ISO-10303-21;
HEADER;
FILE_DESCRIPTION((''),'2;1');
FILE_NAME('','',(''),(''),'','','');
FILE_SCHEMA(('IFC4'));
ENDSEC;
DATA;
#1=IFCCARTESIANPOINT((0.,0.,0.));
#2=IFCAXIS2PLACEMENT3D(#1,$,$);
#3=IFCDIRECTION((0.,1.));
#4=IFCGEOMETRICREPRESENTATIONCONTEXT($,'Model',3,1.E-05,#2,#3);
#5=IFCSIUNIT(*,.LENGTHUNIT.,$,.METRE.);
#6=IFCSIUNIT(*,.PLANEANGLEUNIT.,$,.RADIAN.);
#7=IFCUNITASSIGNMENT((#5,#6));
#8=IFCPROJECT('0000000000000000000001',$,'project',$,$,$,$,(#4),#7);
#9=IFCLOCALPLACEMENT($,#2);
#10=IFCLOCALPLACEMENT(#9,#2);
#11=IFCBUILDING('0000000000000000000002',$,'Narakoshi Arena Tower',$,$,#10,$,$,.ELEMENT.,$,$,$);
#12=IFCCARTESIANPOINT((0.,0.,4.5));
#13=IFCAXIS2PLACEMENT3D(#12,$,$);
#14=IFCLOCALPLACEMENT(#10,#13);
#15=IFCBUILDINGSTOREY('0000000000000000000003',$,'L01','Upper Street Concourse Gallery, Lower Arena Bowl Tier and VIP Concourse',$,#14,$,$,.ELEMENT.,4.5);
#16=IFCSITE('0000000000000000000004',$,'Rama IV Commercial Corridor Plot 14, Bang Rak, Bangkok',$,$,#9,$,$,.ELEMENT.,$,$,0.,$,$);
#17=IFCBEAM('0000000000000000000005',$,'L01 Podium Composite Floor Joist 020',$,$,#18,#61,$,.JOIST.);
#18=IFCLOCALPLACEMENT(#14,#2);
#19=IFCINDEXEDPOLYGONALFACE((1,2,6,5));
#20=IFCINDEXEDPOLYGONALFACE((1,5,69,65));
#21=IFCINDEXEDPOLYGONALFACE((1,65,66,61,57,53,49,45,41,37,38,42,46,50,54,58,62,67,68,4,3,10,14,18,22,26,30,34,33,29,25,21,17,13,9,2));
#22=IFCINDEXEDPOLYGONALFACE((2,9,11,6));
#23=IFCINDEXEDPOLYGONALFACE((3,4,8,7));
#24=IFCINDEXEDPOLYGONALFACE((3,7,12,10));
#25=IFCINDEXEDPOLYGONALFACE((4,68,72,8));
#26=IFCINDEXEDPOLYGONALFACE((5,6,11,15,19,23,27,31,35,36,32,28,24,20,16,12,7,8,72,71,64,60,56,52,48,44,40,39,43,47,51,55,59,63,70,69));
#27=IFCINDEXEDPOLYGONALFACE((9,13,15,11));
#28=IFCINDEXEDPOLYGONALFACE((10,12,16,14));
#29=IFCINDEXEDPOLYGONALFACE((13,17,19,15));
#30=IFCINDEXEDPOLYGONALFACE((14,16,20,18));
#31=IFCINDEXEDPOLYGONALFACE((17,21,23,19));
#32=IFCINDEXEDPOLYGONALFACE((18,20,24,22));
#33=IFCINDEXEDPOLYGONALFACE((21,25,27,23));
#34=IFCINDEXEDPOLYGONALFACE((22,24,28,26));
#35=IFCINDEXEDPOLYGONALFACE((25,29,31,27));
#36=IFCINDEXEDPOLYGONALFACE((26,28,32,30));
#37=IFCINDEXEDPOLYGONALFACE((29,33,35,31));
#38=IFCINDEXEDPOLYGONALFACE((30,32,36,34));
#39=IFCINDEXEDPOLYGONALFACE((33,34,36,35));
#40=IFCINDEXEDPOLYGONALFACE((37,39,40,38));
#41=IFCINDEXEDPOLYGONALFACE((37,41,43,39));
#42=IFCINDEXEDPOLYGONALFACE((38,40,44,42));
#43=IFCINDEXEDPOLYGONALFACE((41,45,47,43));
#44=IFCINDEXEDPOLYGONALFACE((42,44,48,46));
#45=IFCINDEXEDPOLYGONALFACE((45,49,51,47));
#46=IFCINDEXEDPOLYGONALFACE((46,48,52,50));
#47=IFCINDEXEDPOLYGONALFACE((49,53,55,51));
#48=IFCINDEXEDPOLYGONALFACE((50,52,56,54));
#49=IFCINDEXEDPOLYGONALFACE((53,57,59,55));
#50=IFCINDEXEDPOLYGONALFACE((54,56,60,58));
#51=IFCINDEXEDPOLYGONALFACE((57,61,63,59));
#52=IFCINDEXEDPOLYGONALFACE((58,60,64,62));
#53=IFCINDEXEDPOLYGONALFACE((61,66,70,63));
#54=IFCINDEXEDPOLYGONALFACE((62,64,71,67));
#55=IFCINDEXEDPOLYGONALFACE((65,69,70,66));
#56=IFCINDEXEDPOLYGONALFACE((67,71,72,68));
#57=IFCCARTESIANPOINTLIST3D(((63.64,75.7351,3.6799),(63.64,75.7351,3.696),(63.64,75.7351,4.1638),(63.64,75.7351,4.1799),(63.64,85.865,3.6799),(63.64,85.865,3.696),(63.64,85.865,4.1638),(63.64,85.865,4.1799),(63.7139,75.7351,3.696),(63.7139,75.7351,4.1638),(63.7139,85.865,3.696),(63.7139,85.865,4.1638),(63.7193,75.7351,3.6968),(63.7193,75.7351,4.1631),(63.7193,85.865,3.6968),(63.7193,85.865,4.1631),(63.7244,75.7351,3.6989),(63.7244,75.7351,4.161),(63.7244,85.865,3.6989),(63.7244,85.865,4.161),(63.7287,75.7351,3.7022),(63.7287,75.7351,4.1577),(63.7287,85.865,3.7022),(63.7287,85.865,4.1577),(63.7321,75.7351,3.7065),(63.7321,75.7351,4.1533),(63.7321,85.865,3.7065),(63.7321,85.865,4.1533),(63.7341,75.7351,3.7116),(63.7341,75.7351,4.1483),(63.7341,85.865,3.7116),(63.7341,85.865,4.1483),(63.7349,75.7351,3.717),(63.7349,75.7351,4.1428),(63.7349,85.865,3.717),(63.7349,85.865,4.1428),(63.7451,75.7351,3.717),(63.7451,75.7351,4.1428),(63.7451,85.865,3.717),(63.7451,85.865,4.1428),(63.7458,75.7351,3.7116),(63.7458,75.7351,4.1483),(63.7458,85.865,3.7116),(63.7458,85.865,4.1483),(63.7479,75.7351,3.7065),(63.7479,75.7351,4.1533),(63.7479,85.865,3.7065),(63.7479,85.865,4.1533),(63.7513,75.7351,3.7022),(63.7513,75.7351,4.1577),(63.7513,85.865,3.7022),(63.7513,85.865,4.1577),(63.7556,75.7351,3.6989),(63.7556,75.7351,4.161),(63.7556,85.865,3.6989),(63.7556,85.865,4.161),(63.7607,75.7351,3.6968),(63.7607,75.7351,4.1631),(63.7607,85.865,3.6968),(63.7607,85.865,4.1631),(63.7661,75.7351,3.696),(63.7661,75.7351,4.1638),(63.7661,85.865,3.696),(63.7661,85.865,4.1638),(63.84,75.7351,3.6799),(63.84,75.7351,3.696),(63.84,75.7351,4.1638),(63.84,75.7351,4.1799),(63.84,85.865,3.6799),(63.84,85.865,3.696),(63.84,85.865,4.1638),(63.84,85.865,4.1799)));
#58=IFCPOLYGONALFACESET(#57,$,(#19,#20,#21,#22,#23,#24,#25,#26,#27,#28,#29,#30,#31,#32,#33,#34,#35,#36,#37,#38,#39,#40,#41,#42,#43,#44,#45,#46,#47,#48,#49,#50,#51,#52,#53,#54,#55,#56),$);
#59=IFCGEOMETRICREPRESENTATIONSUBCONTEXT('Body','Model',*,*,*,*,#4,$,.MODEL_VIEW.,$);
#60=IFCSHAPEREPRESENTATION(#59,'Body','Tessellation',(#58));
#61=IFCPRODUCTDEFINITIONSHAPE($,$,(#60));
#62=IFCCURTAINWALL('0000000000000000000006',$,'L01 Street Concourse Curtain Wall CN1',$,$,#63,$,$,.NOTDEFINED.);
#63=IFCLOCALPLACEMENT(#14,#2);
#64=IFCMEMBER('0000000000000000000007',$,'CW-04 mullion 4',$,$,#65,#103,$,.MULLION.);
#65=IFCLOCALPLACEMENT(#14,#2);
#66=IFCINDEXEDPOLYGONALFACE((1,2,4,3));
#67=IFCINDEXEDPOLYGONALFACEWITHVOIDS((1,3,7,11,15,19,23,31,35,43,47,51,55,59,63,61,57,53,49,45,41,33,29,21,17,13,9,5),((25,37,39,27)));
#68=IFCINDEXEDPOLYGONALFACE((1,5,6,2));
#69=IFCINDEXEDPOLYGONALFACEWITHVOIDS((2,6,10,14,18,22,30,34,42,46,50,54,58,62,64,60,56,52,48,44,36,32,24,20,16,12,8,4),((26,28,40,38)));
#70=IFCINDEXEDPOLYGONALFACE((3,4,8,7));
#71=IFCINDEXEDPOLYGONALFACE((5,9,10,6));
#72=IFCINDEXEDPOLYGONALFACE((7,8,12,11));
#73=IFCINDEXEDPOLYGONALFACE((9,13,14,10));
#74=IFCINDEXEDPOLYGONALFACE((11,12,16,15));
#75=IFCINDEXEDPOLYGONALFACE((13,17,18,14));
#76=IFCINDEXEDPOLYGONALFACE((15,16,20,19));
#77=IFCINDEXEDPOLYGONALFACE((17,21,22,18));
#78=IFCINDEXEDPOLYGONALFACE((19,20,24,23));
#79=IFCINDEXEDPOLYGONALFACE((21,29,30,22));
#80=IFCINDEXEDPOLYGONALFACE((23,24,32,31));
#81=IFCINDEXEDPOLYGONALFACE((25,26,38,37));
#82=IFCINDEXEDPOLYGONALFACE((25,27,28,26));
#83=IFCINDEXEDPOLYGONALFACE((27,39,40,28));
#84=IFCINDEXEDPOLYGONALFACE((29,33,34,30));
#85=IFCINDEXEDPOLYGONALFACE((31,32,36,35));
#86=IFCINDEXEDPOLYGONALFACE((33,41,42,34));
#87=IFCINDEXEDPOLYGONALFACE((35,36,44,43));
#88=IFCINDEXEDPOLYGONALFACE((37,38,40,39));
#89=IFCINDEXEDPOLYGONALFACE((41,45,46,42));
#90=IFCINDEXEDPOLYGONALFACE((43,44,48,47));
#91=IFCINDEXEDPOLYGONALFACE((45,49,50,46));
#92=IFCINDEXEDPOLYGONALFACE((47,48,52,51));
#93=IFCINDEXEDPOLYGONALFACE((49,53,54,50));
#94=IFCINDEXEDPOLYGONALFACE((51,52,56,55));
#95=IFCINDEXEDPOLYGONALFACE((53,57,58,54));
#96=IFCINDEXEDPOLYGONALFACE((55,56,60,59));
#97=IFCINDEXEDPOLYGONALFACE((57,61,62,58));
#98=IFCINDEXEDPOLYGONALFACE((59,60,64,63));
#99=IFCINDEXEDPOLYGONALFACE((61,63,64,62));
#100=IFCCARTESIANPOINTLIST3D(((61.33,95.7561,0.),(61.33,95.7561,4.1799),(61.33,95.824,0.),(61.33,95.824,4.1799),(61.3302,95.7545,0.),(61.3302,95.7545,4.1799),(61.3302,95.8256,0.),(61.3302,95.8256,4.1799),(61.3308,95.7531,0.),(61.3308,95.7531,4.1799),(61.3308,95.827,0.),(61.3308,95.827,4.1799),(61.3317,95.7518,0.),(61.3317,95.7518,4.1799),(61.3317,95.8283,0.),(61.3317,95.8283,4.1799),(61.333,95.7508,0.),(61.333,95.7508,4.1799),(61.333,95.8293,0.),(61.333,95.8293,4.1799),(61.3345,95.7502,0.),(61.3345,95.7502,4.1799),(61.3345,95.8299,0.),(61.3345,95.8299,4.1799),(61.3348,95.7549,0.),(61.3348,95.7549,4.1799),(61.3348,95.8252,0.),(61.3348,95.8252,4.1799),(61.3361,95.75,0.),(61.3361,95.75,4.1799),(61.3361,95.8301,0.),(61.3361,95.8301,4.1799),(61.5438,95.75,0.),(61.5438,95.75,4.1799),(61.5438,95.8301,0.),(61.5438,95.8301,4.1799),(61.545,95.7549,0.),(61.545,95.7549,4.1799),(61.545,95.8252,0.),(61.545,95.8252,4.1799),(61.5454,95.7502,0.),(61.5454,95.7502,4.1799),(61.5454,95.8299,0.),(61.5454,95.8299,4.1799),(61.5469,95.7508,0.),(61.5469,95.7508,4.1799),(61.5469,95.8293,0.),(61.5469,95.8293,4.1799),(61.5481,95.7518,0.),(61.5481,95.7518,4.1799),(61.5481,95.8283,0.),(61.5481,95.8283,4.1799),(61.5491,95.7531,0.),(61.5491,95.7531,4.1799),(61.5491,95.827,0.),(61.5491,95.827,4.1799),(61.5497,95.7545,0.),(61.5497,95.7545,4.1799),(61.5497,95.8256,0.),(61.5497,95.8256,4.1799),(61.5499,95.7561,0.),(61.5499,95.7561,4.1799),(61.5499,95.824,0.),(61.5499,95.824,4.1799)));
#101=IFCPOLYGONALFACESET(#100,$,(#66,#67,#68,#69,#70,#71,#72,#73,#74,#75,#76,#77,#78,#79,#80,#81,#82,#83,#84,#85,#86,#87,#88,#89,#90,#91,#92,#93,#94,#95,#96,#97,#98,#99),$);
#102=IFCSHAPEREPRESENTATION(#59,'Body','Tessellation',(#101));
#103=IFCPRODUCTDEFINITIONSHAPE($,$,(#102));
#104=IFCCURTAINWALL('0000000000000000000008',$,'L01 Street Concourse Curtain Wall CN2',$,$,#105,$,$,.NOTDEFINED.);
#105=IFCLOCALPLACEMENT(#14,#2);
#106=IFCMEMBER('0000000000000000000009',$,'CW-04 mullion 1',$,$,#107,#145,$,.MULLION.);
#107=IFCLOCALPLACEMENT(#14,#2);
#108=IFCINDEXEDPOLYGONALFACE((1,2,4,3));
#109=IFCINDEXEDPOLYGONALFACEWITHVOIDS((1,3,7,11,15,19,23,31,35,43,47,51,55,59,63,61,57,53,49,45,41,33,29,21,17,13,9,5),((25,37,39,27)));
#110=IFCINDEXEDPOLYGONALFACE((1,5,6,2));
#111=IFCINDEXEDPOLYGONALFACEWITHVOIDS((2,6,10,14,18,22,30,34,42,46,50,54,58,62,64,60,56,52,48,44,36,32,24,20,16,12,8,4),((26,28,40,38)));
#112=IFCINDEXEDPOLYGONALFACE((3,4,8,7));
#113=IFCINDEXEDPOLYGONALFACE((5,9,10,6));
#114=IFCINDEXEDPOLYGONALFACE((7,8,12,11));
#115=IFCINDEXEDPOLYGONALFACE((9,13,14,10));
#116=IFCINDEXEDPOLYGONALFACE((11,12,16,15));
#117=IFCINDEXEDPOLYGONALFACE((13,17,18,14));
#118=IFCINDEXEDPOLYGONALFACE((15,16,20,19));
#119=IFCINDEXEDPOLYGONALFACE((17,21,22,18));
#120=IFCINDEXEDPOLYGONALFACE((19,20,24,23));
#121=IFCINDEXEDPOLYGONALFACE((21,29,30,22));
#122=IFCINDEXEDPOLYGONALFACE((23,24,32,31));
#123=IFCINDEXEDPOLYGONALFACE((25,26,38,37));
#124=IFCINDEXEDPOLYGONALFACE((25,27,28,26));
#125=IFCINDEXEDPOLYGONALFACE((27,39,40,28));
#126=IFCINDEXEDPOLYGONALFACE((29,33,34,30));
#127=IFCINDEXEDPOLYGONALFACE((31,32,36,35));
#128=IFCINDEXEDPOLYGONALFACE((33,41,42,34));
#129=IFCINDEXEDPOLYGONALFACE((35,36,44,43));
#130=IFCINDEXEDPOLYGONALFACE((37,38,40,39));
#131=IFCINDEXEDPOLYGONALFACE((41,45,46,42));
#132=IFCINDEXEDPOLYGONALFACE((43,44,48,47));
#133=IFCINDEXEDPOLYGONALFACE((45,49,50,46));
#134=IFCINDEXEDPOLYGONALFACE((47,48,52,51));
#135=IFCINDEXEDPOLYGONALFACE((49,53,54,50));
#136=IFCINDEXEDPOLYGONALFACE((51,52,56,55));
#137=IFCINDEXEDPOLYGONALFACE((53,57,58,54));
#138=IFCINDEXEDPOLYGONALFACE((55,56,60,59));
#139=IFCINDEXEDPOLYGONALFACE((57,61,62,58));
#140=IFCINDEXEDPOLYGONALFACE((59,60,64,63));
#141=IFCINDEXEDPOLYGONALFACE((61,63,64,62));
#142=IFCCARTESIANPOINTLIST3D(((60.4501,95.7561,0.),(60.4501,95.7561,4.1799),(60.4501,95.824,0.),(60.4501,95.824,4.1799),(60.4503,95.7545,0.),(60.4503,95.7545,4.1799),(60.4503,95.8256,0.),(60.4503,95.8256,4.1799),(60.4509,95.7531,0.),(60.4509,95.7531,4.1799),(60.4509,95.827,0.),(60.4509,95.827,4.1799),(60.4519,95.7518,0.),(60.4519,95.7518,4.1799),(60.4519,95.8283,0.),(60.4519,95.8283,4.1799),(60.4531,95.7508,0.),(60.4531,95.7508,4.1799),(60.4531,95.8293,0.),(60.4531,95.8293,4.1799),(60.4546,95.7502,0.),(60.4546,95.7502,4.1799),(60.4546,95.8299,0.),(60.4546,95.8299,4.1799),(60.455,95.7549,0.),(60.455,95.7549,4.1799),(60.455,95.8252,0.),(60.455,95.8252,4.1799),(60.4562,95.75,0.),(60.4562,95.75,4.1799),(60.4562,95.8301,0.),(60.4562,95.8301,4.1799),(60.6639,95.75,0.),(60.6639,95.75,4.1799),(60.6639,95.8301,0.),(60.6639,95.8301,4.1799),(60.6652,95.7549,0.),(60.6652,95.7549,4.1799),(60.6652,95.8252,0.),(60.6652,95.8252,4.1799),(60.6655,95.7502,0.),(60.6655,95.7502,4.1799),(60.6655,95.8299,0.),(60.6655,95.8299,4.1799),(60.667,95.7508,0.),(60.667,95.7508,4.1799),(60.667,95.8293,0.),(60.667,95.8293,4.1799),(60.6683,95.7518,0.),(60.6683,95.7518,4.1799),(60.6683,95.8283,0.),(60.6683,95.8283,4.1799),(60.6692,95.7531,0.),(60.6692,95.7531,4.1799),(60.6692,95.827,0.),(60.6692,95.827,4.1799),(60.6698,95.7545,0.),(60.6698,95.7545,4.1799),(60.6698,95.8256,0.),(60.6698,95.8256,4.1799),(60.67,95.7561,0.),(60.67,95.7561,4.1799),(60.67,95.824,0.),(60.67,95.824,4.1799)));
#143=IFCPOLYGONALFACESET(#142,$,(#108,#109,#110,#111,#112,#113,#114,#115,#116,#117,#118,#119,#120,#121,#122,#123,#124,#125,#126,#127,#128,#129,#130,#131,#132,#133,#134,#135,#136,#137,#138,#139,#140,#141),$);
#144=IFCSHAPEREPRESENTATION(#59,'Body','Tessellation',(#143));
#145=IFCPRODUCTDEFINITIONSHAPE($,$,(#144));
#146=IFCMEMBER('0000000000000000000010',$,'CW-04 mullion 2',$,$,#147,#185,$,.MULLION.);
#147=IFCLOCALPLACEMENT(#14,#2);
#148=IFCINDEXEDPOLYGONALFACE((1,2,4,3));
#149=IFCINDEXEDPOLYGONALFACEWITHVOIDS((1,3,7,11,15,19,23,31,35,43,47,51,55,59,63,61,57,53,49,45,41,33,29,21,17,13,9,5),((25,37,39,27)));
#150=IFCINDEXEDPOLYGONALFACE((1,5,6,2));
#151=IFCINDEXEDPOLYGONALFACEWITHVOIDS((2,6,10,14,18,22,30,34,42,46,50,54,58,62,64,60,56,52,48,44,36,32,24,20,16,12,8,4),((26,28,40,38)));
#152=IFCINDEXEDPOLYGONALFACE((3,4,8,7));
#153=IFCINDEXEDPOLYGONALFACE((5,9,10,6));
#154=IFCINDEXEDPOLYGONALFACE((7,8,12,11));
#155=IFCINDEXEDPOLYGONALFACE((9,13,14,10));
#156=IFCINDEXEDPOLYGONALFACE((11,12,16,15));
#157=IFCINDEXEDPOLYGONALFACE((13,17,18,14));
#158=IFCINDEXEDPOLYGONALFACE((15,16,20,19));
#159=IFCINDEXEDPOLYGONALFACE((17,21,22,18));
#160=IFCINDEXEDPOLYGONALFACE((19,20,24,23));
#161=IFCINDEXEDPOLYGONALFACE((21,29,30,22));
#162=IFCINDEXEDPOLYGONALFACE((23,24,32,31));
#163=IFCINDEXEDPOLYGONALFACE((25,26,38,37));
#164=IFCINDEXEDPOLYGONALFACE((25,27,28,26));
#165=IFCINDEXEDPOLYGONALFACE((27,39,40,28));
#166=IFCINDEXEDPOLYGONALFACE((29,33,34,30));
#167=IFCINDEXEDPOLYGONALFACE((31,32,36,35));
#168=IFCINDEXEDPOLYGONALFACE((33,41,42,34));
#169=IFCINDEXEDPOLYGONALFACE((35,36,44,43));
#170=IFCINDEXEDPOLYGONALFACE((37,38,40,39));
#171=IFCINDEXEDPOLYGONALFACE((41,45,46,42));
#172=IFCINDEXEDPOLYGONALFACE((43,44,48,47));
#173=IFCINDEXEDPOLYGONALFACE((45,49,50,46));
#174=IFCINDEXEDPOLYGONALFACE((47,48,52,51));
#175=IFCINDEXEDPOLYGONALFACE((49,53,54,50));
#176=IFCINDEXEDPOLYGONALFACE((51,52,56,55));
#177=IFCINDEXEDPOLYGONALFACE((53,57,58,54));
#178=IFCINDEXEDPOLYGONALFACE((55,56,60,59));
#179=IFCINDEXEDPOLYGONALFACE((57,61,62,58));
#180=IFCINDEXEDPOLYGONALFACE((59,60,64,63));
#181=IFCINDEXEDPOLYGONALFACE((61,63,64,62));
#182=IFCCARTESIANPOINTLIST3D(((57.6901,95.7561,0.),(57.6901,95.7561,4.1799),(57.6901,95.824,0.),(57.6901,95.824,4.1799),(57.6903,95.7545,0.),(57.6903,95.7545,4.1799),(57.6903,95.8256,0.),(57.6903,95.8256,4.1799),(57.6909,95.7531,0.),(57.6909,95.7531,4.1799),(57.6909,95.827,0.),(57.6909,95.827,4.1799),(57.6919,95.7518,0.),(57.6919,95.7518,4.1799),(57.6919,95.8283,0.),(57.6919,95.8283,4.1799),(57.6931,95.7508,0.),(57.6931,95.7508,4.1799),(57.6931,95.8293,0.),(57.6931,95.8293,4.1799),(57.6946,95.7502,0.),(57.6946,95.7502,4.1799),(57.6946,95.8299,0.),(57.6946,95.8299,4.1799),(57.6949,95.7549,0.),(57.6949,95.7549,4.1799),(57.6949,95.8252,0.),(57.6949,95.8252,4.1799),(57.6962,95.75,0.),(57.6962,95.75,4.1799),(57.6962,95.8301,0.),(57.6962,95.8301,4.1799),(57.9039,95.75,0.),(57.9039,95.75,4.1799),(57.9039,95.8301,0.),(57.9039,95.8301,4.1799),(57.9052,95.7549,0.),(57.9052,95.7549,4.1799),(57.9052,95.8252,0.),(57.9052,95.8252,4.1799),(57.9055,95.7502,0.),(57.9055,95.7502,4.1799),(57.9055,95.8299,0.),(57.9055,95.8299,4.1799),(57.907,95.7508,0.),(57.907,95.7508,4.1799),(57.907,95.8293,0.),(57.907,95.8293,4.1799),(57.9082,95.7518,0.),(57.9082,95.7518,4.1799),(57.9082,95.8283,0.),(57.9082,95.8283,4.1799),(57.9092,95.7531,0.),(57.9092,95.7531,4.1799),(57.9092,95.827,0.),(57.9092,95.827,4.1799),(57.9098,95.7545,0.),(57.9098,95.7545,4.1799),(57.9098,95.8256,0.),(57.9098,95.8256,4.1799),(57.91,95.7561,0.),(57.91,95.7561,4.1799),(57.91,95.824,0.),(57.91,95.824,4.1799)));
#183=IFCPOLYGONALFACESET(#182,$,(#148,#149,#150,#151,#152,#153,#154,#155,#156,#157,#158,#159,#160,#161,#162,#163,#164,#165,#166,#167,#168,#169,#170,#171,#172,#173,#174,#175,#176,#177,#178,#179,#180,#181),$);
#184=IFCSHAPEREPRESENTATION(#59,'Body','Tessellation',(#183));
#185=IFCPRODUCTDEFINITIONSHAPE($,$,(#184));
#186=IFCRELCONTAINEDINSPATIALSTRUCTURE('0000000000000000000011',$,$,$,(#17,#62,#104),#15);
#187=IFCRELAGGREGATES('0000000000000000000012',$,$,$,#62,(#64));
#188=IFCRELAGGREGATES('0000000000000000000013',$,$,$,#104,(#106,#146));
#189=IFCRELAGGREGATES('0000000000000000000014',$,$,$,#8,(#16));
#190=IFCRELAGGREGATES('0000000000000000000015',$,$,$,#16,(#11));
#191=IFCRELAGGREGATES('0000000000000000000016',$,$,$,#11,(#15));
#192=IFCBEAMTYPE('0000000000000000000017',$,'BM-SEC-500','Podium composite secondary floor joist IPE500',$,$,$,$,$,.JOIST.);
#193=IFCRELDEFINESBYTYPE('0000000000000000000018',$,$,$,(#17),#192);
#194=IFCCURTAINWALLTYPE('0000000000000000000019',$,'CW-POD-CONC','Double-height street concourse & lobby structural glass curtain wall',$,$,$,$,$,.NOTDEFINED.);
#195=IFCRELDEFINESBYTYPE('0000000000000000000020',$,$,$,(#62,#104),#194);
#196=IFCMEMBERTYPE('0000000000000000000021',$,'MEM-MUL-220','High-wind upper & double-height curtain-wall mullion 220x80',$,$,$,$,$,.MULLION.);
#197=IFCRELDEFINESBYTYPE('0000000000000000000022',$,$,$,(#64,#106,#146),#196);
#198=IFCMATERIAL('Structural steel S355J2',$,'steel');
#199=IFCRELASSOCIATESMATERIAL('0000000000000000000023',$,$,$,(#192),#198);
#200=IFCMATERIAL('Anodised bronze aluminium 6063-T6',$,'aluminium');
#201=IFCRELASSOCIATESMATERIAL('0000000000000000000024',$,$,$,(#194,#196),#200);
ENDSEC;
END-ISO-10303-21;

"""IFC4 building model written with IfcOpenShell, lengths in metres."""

from ifc_helpers import new_model, si_unit, direction, frame, origin, origin_2d, place, context, subcontext, project, spatial, hollow_rectangle, i_section, extrude, material, material_profile, profile_set, type_object, element, aggregate, save


model = new_model("IFC4")

# Units and contexts
model_context = context("Model", 3, precision=1e-05, world=origin(), true_north=direction((0.0, 1.0)))
body_context = subcontext(model_context, "Body", "Model", "MODEL_VIEW")
ifc_project = project(units=[si_unit("LENGTHUNIT", "METRE"), si_unit("PLANEANGLEUNIT", "RADIAN")], contexts=[model_context])

# Site, building, storey
site_placement = place(None, origin())
site = spatial("IfcSite", under=ifc_project, at=site_placement, Name="Rama IV Commercial Corridor Plot 14, Bang Rak, Bangkok", CompositionType="ELEMENT", RefElevation=0.0)
building_placement = place(site_placement, origin())
building = spatial("IfcBuilding", under=site, at=building_placement, Name="Narakoshi Arena Tower", CompositionType="ELEMENT")
storey_placement = place(building_placement, frame((0.0, 0.0, 4.5)))
storey = spatial("IfcBuildingStorey", under=building, at=storey_placement, Name="L01", Description="Upper Street Concourse Gallery, Lower Arena Bowl Tier and VIP Concourse", CompositionType="ELEMENT", Elevation=4.5)

# Beam
ifc_material_1 = material(Name="Structural steel S355J2", Category="steel")
ifc_material_profile_1 = material_profile(ifc_material_1, i_section(OverallWidth=0.2, OverallDepth=0.5, WebThickness=0.0103, FlangeThickness=0.0161, FilletRadius=0.021, at=origin_2d()), Name="IPE500")
ifc_profile_set_1 = profile_set([ifc_material_profile_1], Name="Structural steel S355J2")
beam_type = type_object("IfcBeamType", Name="BM-SEC-500", Description="Podium composite secondary floor joist IPE500", PredefinedType="JOIST", material=ifc_profile_set_1)
beam_placement = place(storey_placement, frame((63.74, 75.7351, 3.9299), z_axis=(0.0, 1.0, 0.0), x_axis=(-1.0, 0.0, 0.0)))
element("IfcBeam", 1, at=beam_placement, inside=storey, type_object=beam_type, Name="L01 Podium Composite Floor Joist 020", PredefinedType="JOIST", context=body_context, shape_type="SweptSolid", body=[
    extrude(i_section(OverallWidth=0.2, OverallDepth=0.5, WebThickness=0.0103, FlangeThickness=0.0161, FilletRadius=0.021, at=origin_2d()), origin(), (0.0, 0.0, 1.0), 10.1299),
])

# Curtain wall, member
ifc_material_2 = material(Name="Anodised bronze aluminium 6063-T6", Category="aluminium")
curtain_wall_type = type_object("IfcCurtainWallType", Name="CW-POD-CONC", Description="Double-height street concourse & lobby structural glass curtain wall", PredefinedType="NOTDEFINED", material=ifc_material_2)
curtain_wall_1_placement = place(storey_placement, origin())
curtain_wall_1 = element("IfcCurtainWall", 2, at=curtain_wall_1_placement, inside=storey, type_object=curtain_wall_type, Name="L01 Street Concourse Curtain Wall CN1", PredefinedType="NOTDEFINED")
ifc_material_profile_2 = material_profile(ifc_material_2, hollow_rectangle(XDim=0.0801, YDim=0.22, WallThickness=0.0049, OuterFilletRadius=0.0061, at=origin_2d()), Name="MUL220x80x5")
ifc_profile_set_2 = profile_set([ifc_material_profile_2], Name="Anodised bronze aluminium 6063-T6")
member_type_1 = type_object("IfcMemberType", Name="MEM-MUL-220", Description="High-wind upper & double-height curtain-wall mullion 220x80", PredefinedType="MULLION", material=ifc_profile_set_2)
member_1_placement = place(storey_placement, frame((61.4399, 95.79, 0.0), z_axis=(0.0, 0.0, 1.0), x_axis=(0.0, -1.0, 0.0)))
member_1 = element("IfcMember", 3, at=member_1_placement, type_object=member_type_1, Name="CW-04 mullion 4", PredefinedType="MULLION", context=body_context, shape_type="SweptSolid", body=[
    extrude(hollow_rectangle(XDim=0.0801, YDim=0.22, WallThickness=0.0049, OuterFilletRadius=0.0061, at=origin_2d()), origin(), (0.0, 0.0, 1.0), 4.1799),
])

# Curtain wall, members
curtain_wall_2_placement = place(storey_placement, origin())
curtain_wall_2 = element("IfcCurtainWall", 4, at=curtain_wall_2_placement, inside=storey, type_object=curtain_wall_type, Name="L01 Street Concourse Curtain Wall CN2", PredefinedType="NOTDEFINED")
member_2_placement = place(storey_placement, frame((60.5601, 95.79, 0.0), z_axis=(0.0, 0.0, 1.0), x_axis=(0.0, -1.0, 0.0)))
member_2 = element("IfcMember", 5, at=member_2_placement, type_object=member_type_1, Name="CW-04 mullion 1", PredefinedType="MULLION", context=body_context, shape_type="SweptSolid", body=[
    extrude(hollow_rectangle(XDim=0.0801, YDim=0.22, WallThickness=0.0049, OuterFilletRadius=0.0061, at=origin_2d()), origin(), (0.0, 0.0, 1.0), 4.1799),
])
member_3_placement = place(storey_placement, frame((57.8, 95.79, 0.0), z_axis=(0.0, 0.0, 1.0), x_axis=(0.0, -1.0, 0.0)))
member_3 = element("IfcMember", 6, at=member_3_placement, type_object=member_type_1, Name="CW-04 mullion 2", PredefinedType="MULLION", context=body_context, shape_type="SweptSolid", body=[
    extrude(hollow_rectangle(XDim=0.0801, YDim=0.22, WallThickness=0.0049, OuterFilletRadius=0.0061, at=origin_2d()), origin(), (0.0, 0.0, 1.0), 4.1799),
])

aggregate(curtain_wall_1, [member_1])
aggregate(curtain_wall_2, [member_2, member_3])

save(model, "model.ifc")
